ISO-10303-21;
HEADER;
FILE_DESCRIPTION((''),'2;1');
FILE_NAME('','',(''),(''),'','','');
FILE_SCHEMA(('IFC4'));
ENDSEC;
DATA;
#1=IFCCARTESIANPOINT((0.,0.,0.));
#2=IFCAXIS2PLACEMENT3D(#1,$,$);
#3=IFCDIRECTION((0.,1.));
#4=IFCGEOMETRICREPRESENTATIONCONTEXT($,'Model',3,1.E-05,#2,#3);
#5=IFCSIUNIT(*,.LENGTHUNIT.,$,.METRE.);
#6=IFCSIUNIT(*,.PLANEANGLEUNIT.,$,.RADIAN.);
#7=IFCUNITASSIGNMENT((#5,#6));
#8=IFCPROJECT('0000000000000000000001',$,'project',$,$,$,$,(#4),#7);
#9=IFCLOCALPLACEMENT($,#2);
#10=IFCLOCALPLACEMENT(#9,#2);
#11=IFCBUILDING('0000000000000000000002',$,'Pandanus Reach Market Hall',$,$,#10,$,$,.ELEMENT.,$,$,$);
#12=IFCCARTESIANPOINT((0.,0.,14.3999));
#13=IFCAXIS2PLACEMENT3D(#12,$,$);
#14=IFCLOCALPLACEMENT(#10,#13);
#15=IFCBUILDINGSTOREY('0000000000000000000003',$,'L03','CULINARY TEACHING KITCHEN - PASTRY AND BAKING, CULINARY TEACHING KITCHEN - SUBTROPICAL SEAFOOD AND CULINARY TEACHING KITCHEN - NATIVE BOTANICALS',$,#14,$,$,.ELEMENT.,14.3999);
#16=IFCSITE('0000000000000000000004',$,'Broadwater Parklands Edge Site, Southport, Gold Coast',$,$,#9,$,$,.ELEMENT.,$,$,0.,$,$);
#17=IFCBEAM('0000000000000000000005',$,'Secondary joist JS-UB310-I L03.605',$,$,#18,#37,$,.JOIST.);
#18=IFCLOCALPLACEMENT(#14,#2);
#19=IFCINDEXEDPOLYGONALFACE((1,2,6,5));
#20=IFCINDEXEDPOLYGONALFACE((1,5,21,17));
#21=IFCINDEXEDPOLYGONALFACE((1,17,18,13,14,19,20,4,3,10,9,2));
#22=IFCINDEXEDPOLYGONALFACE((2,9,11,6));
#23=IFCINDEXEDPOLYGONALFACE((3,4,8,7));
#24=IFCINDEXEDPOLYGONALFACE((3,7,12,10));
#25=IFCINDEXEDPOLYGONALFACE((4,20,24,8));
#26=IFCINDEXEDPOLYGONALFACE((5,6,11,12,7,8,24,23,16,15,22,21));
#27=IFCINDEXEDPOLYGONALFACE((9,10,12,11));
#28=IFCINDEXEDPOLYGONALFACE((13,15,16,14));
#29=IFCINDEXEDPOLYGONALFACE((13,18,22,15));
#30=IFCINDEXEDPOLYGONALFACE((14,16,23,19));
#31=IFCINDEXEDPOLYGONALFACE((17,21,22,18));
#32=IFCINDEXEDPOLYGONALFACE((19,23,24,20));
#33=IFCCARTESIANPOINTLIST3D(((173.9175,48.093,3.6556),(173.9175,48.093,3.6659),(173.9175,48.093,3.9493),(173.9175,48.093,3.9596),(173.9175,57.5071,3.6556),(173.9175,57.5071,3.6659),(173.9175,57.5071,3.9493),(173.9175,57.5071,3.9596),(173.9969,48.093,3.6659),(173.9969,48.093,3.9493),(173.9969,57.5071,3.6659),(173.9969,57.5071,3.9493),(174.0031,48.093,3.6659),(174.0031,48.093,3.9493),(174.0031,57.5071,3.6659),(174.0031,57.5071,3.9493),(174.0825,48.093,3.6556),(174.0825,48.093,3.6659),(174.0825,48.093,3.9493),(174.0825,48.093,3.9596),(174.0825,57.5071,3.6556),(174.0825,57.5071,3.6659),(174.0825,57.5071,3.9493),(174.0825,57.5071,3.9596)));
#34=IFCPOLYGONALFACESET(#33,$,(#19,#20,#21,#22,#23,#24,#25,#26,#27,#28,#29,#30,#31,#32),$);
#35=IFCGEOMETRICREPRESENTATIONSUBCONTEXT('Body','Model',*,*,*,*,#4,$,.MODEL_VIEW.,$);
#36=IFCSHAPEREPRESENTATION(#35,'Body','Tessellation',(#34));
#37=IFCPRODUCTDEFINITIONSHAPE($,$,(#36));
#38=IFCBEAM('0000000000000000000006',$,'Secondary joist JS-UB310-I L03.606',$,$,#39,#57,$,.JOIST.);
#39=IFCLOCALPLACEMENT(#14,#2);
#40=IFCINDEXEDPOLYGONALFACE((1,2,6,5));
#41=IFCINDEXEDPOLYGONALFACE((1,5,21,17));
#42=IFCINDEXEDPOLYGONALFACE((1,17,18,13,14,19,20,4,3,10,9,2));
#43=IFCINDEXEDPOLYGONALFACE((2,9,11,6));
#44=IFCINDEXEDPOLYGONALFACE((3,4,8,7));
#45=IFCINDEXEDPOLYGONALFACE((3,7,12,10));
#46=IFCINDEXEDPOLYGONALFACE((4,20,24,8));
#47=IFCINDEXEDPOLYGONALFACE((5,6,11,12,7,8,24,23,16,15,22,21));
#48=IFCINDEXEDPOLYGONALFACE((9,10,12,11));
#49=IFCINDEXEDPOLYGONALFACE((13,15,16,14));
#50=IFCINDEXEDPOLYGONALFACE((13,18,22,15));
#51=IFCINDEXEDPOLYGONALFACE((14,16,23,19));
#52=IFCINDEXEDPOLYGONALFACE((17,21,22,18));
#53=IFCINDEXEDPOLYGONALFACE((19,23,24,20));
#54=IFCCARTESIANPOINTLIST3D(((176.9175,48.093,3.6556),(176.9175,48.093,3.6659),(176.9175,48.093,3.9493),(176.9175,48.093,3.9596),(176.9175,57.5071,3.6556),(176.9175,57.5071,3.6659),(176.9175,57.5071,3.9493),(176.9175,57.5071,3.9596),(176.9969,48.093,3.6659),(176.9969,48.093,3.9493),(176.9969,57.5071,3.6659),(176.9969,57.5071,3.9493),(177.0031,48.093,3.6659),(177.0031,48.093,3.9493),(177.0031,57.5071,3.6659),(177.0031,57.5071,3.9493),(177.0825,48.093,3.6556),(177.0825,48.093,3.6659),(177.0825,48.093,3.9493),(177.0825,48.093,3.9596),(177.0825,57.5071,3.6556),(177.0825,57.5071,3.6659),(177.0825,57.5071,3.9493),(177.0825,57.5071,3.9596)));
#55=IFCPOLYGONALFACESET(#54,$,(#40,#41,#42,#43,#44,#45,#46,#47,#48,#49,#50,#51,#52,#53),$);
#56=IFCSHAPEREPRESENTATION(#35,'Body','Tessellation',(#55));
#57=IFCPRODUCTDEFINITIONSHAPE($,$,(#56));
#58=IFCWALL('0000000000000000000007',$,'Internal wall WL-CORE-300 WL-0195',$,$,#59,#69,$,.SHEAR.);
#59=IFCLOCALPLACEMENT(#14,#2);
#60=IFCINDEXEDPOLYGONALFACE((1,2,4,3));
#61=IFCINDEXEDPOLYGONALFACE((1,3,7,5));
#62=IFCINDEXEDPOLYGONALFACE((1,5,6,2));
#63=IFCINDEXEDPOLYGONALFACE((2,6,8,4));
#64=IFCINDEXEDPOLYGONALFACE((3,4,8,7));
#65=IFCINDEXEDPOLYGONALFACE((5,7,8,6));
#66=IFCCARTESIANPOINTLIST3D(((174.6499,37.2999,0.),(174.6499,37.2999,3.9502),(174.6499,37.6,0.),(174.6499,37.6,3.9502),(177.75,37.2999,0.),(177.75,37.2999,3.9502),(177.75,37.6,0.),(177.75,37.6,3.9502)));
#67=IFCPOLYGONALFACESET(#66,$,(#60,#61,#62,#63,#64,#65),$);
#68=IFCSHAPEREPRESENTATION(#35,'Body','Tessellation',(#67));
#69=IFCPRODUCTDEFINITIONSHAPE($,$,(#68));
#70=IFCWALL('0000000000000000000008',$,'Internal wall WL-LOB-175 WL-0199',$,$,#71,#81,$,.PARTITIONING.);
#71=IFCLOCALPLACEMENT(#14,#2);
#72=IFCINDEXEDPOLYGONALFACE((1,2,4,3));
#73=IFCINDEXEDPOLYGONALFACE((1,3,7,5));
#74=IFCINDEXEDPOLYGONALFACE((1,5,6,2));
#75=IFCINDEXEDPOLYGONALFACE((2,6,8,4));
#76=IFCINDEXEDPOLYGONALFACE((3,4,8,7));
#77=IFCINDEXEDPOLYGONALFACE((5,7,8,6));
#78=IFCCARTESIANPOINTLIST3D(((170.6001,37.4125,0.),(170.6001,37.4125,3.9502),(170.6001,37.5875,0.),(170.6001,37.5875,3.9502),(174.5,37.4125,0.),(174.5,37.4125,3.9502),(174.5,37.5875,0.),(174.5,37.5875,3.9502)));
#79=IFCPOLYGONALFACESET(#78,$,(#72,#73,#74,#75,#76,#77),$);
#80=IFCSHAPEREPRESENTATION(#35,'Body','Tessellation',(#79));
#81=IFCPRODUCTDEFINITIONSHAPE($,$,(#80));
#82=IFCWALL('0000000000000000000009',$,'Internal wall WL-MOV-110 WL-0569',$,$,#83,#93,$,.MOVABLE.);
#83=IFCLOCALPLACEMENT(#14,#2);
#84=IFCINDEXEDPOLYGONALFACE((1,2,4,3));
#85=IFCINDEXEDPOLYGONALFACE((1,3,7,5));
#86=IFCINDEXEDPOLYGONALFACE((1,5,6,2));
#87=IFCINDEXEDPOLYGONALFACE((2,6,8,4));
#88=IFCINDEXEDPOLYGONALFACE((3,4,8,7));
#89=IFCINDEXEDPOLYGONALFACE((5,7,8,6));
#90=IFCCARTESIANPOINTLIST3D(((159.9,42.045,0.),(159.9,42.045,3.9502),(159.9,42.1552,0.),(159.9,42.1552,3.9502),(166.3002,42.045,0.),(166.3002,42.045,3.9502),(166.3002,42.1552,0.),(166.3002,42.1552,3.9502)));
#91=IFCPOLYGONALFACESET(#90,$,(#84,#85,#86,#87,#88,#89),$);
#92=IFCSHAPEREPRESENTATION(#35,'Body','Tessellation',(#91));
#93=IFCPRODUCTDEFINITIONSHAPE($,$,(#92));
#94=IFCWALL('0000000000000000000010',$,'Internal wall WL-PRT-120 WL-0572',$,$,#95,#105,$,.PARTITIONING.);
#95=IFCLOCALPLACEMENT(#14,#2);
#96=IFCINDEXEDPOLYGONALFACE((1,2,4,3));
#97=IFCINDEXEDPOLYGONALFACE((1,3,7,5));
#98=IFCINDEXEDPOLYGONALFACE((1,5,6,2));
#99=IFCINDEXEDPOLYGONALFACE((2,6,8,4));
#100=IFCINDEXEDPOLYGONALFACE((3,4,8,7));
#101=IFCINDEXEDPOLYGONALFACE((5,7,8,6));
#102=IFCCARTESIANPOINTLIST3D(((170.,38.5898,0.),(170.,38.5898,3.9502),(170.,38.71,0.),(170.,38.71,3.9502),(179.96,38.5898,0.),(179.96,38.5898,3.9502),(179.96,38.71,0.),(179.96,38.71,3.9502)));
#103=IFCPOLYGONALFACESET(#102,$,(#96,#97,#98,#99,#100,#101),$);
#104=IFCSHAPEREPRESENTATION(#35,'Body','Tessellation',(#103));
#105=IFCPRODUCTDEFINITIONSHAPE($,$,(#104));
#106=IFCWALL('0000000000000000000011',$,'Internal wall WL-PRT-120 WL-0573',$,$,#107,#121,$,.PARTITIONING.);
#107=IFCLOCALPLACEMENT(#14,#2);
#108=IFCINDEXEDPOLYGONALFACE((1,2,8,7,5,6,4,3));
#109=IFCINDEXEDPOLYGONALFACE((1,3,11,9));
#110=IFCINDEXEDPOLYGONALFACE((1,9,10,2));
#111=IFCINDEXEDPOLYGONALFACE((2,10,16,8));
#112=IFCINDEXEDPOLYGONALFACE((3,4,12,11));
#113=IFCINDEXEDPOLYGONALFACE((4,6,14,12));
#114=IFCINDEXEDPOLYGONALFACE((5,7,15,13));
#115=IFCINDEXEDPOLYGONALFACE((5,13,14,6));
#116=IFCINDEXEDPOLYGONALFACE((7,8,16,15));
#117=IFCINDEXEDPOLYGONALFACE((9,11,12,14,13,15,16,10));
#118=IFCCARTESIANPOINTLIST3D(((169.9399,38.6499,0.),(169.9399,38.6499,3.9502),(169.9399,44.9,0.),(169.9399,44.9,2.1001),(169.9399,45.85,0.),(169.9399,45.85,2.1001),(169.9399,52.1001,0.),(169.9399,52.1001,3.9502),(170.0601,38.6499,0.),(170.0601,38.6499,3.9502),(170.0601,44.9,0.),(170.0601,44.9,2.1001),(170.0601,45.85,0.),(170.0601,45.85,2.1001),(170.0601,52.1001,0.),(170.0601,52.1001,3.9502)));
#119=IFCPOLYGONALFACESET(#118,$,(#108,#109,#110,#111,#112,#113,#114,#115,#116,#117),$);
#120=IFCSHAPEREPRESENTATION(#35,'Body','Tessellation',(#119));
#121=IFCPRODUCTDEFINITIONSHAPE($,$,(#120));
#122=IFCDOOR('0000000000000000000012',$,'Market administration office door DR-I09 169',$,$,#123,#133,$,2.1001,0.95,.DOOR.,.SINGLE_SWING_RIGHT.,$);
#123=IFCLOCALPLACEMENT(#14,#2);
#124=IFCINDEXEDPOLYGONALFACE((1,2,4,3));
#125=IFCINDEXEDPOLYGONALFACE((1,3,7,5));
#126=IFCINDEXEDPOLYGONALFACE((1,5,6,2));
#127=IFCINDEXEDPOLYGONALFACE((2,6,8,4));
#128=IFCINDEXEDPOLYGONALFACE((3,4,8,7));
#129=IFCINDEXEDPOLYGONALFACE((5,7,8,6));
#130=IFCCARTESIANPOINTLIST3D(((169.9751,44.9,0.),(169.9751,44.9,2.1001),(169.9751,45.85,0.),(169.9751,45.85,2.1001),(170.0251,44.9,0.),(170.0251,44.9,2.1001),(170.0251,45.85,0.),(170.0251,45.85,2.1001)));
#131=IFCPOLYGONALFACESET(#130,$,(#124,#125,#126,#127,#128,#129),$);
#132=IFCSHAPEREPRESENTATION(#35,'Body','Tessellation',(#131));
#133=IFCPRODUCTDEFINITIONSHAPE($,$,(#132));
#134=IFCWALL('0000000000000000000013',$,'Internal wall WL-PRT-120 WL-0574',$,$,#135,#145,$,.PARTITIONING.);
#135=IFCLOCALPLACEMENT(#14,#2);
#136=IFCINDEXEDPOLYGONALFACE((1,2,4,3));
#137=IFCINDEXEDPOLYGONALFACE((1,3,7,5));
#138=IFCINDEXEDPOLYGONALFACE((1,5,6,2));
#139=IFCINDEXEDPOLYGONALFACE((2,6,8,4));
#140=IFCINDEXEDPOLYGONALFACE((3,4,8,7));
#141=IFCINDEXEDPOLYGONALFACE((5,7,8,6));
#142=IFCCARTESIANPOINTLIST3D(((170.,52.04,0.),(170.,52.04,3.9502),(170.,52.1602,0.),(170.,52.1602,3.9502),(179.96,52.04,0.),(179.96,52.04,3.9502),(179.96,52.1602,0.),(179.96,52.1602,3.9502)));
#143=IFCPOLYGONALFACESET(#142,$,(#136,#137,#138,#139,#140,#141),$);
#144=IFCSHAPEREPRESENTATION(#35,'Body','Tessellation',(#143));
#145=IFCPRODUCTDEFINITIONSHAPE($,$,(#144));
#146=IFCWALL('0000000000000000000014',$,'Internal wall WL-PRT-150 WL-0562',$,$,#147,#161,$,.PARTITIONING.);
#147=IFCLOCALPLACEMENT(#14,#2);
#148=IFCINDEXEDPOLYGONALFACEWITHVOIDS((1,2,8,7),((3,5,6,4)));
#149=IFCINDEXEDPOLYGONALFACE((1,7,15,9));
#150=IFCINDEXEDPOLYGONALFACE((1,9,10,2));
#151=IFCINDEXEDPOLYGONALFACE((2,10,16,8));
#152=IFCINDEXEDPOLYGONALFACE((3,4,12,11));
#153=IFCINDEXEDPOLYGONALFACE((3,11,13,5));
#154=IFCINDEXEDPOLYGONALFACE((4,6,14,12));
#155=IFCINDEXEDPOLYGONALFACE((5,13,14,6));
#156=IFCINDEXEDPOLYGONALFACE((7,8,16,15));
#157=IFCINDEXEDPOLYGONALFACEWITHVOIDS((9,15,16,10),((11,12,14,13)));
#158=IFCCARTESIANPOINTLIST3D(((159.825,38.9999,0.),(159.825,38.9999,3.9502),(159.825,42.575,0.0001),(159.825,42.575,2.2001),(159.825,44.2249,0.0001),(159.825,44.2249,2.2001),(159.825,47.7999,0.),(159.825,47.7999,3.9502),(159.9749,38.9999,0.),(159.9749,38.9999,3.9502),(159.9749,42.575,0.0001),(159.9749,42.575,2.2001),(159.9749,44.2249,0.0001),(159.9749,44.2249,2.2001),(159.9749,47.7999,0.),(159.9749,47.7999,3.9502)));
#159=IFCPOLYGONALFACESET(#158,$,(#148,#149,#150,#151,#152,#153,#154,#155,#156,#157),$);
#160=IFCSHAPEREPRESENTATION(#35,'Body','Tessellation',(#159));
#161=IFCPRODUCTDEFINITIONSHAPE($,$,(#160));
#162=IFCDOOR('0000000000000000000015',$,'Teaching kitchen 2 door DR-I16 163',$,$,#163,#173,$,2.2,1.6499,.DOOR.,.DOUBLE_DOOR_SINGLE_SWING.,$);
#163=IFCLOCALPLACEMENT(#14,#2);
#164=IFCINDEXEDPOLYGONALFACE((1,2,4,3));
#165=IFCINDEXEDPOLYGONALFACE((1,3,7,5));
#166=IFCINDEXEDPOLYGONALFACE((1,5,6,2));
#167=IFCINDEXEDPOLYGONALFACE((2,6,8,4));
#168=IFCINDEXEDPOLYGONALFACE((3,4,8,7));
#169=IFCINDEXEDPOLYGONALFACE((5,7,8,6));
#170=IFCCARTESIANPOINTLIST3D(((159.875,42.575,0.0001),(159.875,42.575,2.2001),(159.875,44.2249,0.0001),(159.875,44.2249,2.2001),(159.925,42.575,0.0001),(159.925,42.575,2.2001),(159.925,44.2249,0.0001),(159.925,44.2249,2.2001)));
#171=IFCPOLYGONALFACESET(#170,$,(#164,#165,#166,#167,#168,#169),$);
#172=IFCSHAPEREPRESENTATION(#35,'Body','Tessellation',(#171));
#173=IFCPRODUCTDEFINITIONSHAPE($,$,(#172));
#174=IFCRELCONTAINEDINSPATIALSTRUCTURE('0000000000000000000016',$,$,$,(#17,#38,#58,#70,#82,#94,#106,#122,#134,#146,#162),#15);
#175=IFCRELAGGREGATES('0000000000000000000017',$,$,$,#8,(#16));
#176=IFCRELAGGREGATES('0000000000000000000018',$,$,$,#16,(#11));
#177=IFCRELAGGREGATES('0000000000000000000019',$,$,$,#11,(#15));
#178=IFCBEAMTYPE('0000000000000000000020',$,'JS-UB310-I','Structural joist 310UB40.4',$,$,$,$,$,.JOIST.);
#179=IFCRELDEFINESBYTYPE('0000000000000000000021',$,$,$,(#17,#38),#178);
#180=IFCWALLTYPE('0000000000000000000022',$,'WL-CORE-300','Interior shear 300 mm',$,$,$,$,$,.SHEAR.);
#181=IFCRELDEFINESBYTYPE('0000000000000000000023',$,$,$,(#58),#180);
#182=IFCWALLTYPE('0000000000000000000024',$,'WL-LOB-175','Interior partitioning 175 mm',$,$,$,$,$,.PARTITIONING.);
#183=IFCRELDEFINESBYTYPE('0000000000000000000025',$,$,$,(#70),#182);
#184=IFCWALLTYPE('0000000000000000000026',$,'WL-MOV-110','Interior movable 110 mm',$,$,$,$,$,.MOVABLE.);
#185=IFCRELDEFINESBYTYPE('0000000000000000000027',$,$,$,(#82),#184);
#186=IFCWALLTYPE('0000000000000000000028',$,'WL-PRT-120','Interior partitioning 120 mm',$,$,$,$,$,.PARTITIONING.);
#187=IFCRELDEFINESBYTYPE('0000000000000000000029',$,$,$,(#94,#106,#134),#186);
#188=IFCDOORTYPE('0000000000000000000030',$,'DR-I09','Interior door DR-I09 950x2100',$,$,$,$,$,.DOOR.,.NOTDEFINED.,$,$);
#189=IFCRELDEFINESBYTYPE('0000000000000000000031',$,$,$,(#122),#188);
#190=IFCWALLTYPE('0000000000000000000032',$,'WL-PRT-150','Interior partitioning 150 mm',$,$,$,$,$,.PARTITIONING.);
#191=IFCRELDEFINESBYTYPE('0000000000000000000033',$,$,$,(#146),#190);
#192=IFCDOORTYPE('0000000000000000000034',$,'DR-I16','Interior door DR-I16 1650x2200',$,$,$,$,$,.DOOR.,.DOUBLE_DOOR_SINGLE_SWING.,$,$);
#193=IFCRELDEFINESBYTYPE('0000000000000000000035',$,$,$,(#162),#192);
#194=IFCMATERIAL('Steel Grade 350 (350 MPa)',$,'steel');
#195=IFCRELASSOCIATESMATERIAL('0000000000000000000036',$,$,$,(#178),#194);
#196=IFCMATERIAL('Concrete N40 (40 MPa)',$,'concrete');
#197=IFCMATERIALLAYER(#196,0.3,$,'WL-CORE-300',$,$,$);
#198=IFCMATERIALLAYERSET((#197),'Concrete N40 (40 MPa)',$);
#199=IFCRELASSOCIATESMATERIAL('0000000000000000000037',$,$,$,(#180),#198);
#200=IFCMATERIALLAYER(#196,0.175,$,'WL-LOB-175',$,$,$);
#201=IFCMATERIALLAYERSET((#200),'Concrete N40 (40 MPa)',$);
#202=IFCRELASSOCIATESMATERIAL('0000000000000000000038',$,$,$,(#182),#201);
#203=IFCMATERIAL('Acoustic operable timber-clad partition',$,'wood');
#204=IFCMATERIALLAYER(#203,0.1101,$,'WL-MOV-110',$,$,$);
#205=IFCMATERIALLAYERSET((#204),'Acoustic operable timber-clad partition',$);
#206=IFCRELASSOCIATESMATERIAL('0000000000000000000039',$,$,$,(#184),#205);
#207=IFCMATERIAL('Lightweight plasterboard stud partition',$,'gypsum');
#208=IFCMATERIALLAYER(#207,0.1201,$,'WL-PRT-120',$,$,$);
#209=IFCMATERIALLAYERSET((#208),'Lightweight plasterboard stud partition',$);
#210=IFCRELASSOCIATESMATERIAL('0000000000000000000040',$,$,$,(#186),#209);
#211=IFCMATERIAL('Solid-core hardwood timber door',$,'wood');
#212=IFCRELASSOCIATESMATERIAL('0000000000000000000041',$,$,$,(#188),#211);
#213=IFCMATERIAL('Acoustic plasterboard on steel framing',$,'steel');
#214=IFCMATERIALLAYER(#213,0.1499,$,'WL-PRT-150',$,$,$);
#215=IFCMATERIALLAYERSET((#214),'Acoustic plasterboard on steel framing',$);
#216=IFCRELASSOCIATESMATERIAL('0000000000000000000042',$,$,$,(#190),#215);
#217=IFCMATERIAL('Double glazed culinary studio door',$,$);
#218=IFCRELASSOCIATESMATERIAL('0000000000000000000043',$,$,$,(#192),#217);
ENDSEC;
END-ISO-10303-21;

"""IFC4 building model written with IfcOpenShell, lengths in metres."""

from ifc_helpers import new_model, si_unit, direction, frame, frame_2d, origin, origin_2d, place, context, subcontext, project, spatial, rectangle, i_section, extrude, material, layer, layer_set, material_profile, profile_set, type_object, element, fill, save


model = new_model("IFC4")

# Units and contexts
model_context = context("Model", 3, precision=1e-05, world=origin(), true_north=direction((0.0, 1.0)))
body_context = subcontext(model_context, "Body", "Model", "MODEL_VIEW")
ifc_project = project(units=[si_unit("LENGTHUNIT", "METRE"), si_unit("PLANEANGLEUNIT", "RADIAN")], contexts=[model_context])

# Site, building, storey
site_placement = place(None, origin())
site = spatial("IfcSite", under=ifc_project, at=site_placement, Name="Broadwater Parklands Edge Site, Southport, Gold Coast", CompositionType="ELEMENT", RefElevation=0.0)
building_placement = place(site_placement, origin())
building = spatial("IfcBuilding", under=site, at=building_placement, Name="Pandanus Reach Market Hall", CompositionType="ELEMENT")
storey_placement = place(building_placement, frame((0.0, 0.0, 14.3999)))
storey = spatial("IfcBuildingStorey", under=building, at=storey_placement, Name="L03", Description="CULINARY TEACHING KITCHEN - PASTRY AND BAKING, CULINARY TEACHING KITCHEN - SUBTROPICAL SEAFOOD AND CULINARY TEACHING KITCHEN - NATIVE BOTANICALS", CompositionType="ELEMENT", Elevation=14.3999)

# Shared definitions
ifc_material_1 = material(Name="Concrete N40 (40 MPa)", Category="concrete")

# Beams
ifc_material_2 = material(Name="Steel Grade 350 (350 MPa)", Category="steel")
ifc_material_profile_1 = material_profile(ifc_material_2, i_section(OverallWidth=0.165, OverallDepth=0.304, WebThickness=0.0061, FlangeThickness=0.0103, at=origin_2d()), Name="310UB40.4", Category="LoadBearing")
ifc_profile_set_1 = profile_set([ifc_material_profile_1], Name="Steel Grade 350 (350 MPa)")
beam_type_1 = type_object("IfcBeamType", Name="JS-UB310-I", Description="Structural joist 310UB40.4", PredefinedType="JOIST", material=ifc_profile_set_1)
for number, where, z_axis, x_axis, name in (
    (1, (174.0, 48.093, 3.8076), (0.0, 1.0, 0.0), (-1.0, 0.0, 0.0), "Secondary joist JS-UB310-I L03.605"),
    (2, (177.0, 48.093, 3.8076), (0.0, 1.0, 0.0), (-1.0, 0.0, 0.0), "Secondary joist JS-UB310-I L03.606"),
):
    element("IfcBeam", number, at=place(storey_placement, frame(where, z_axis=z_axis, x_axis=x_axis)), inside=storey, type_object=beam_type_1, Name=name, PredefinedType="JOIST", context=body_context, shape_type="SweptSolid", body=[
        extrude(i_section(OverallWidth=0.165, OverallDepth=0.304, WebThickness=0.0061, FlangeThickness=0.0103, at=origin_2d()), origin(), (0.0, 0.0, 1.0), 9.4141),
    ])

# Walls
ifc_layer_1 = layer(ifc_material_1, 0.3, Name="WL-CORE-300")
ifc_layer_set_1 = layer_set([ifc_layer_1], Name="Concrete N40 (40 MPa)")
wall_type_1 = type_object("IfcWallType", Name="WL-CORE-300", Description="Interior shear 300 mm", PredefinedType="SHEAR", material=ifc_layer_set_1)
wall_1_placement = place(storey_placement, frame((174.6499, 37.45, 0.0), z_axis=(0.0, 0.0, 1.0), x_axis=(1.0, 0.0, 0.0)))
element("IfcWall", 3, at=wall_1_placement, inside=storey, type_object=wall_type_1, Name="Internal wall WL-CORE-300 WL-0195", PredefinedType="SHEAR", context=body_context, shape_type="SweptSolid", body=[
    extrude(rectangle(XDim=3.1001, YDim=0.3, at=frame_2d((1.55, 0.0))), origin(), (0.0, 0.0, 1.0), 3.9502),
])
ifc_layer_2 = layer(ifc_material_1, 0.175, Name="WL-LOB-175")
ifc_layer_set_2 = layer_set([ifc_layer_2], Name="Concrete N40 (40 MPa)")
wall_type_2 = type_object("IfcWallType", Name="WL-LOB-175", Description="Interior partitioning 175 mm", PredefinedType="PARTITIONING", material=ifc_layer_set_2)
wall_2_placement = place(storey_placement, frame((170.6001, 37.5, 0.0), z_axis=(0.0, 0.0, 1.0), x_axis=(1.0, 0.0, 0.0)))
element("IfcWall", 4, at=wall_2_placement, inside=storey, type_object=wall_type_2, Name="Internal wall WL-LOB-175 WL-0199", PredefinedType="PARTITIONING", context=body_context, shape_type="SweptSolid", body=[
    extrude(rectangle(XDim=3.8999, YDim=0.175, at=frame_2d((1.95, 0.0))), origin(), (0.0, 0.0, 1.0), 3.9502),
])
ifc_material_3 = material(Name="Acoustic operable timber-clad partition", Category="wood")
ifc_layer_3 = layer(ifc_material_3, 0.1101, Name="WL-MOV-110")
ifc_layer_set_3 = layer_set([ifc_layer_3], Name="Acoustic operable timber-clad partition")
wall_type_3 = type_object("IfcWallType", Name="WL-MOV-110", Description="Interior movable 110 mm", PredefinedType="MOVABLE", material=ifc_layer_set_3)
wall_3_placement = place(storey_placement, frame((159.8999, 42.1001, 0.0), z_axis=(0.0, 0.0, 1.0), x_axis=(1.0, 0.0, 0.0)))
element("IfcWall", 5, at=wall_3_placement, inside=storey, type_object=wall_type_3, Name="Internal wall WL-MOV-110 WL-0569", PredefinedType="MOVABLE", context=body_context, shape_type="SweptSolid", body=[
    extrude(rectangle(XDim=6.4001, YDim=0.1101, at=frame_2d((3.2002, 0.0))), origin(), (0.0, 0.0, 1.0), 3.9502),
])
ifc_material_4 = material(Name="Lightweight plasterboard stud partition", Category="gypsum")
ifc_layer_4 = layer(ifc_material_4, 0.1201, Name="WL-PRT-120")
ifc_layer_set_4 = layer_set([ifc_layer_4], Name="Lightweight plasterboard stud partition")
wall_type_4 = type_object("IfcWallType", Name="WL-PRT-120", Description="Interior partitioning 120 mm", PredefinedType="PARTITIONING", material=ifc_layer_set_4)
wall_4_placement = place(storey_placement, frame((170.0, 38.6499, 0.0), z_axis=(0.0, 0.0, 1.0), x_axis=(1.0, 0.0, 0.0)))
element("IfcWall", 6, at=wall_4_placement, inside=storey, type_object=wall_type_4, Name="Internal wall WL-PRT-120 WL-0572", PredefinedType="PARTITIONING", context=body_context, shape_type="SweptSolid", body=[
    extrude(rectangle(XDim=9.96, YDim=0.1201, at=frame_2d((4.98, 0.0))), origin(), (0.0, 0.0, 1.0), 3.9502),
])

# Wall, opening, door
wall_5_placement = place(storey_placement, frame((170.0, 38.6499, 0.0), z_axis=(0.0, 0.0, 1.0), x_axis=(0.0, 1.0, 0.0)))
wall_5 = element("IfcWall", 7, at=wall_5_placement, inside=storey, type_object=wall_type_4, Name="Internal wall WL-PRT-120 WL-0573", PredefinedType="PARTITIONING", context=body_context, shape_type="SweptSolid", body=[
    extrude(rectangle(XDim=13.4502, YDim=0.1201, at=frame_2d((6.7251, 0.0))), origin(), (0.0, 0.0, 1.0), 3.9502),
])
opening_1_placement = place(wall_5_placement, frame((6.25, 0.0, 0.0)))
opening_1 = element("IfcOpeningElement", 8, at=opening_1_placement, cuts=wall_5, PredefinedType="OPENING", context=body_context, shape_type="SweptSolid", body=[
    extrude(rectangle(XDim=0.95, YDim=2.1001, at=frame_2d((0.4751, 1.05))), frame((0.0, 0.075, 0.0), z_axis=(0.0, -1.0, 0.0), x_axis=(1.0, 0.0, 0.0)), (0.0, 0.0, 1.0), 0.1501),
])
ifc_material_5 = material(Name="Solid-core hardwood timber door", Category="wood")
door_type_1 = type_object("IfcDoorType", Name="DR-I09", Description="Interior door DR-I09 950x2100", OperationType="NOTDEFINED", PredefinedType="DOOR", material=ifc_material_5)
door_1_placement = place(opening_1_placement, origin())
door_1 = element("IfcDoor", 9, at=door_1_placement, inside=storey, type_object=door_type_1, Name="Market administration office door DR-I09 169", OperationType="SINGLE_SWING_RIGHT", OverallHeight=2.1001, OverallWidth=0.95, PredefinedType="DOOR", context=body_context, shape_type="SweptSolid", body=[
    extrude(rectangle(XDim=0.95, YDim=2.1001, at=frame_2d((0.4751, 1.05))), frame((0.0, 0.0249, 0.0), z_axis=(0.0, -1.0, 0.0), x_axis=(1.0, 0.0, 0.0)), (0.0, 0.0, 1.0), 0.05),
])
fill(opening_1, door_1)

# Wall
wall_6_placement = place(storey_placement, frame((170.0, 52.1001, 0.0), z_axis=(0.0, 0.0, 1.0), x_axis=(1.0, 0.0, 0.0)))
element("IfcWall", 10, at=wall_6_placement, inside=storey, type_object=wall_type_4, Name="Internal wall WL-PRT-120 WL-0574", PredefinedType="PARTITIONING", context=body_context, shape_type="SweptSolid", body=[
    extrude(rectangle(XDim=9.96, YDim=0.1201, at=frame_2d((4.98, 0.0))), origin(), (0.0, 0.0, 1.0), 3.9502),
])

# Wall, opening, door
ifc_material_6 = material(Name="Acoustic plasterboard on steel framing", Category="steel")
ifc_layer_5 = layer(ifc_material_6, 0.1499, Name="WL-PRT-150")
ifc_layer_set_5 = layer_set([ifc_layer_5], Name="Acoustic plasterboard on steel framing")
wall_type_5 = type_object("IfcWallType", Name="WL-PRT-150", Description="Interior partitioning 150 mm", PredefinedType="PARTITIONING", material=ifc_layer_set_5)
wall_7_placement = place(storey_placement, frame((159.8999, 39.0, 0.0), z_axis=(0.0, 0.0, 1.0), x_axis=(0.0, 1.0, 0.0)))
wall_7 = element("IfcWall", 11, at=wall_7_placement, inside=storey, type_object=wall_type_5, Name="Internal wall WL-PRT-150 WL-0562", PredefinedType="PARTITIONING", context=body_context, shape_type="SweptSolid", body=[
    extrude(rectangle(XDim=8.8, YDim=0.1499, at=frame_2d((4.3999, 0.0))), origin(), (0.0, 0.0, 1.0), 3.9502),
])
opening_2_placement = place(wall_7_placement, frame((3.575, 0.0, 0.0)))
opening_2 = element("IfcOpeningElement", 12, at=opening_2_placement, cuts=wall_7, PredefinedType="OPENING", context=body_context, shape_type="SweptSolid", body=[
    extrude(rectangle(XDim=1.6499, YDim=2.2, at=frame_2d((0.825, 1.1001))), frame((0.0, 0.0898, 0.0), z_axis=(0.0, -1.0, 0.0), x_axis=(1.0, 0.0, 0.0)), (0.0, 0.0, 1.0), 0.1799),
])
ifc_material_7 = material(Name="Double glazed culinary studio door")
door_type_2 = type_object("IfcDoorType", Name="DR-I16", Description="Interior door DR-I16 1650x2200", OperationType="DOUBLE_DOOR_SINGLE_SWING", PredefinedType="DOOR", material=ifc_material_7)
door_2_placement = place(opening_2_placement, origin())
door_2 = element("IfcDoor", 13, at=door_2_placement, inside=storey, type_object=door_type_2, Name="Teaching kitchen 2 door DR-I16 163", OperationType="DOUBLE_DOOR_SINGLE_SWING", OverallHeight=2.2, OverallWidth=1.6499, PredefinedType="DOOR", context=body_context, shape_type="SweptSolid", body=[
    extrude(rectangle(XDim=1.6499, YDim=2.2, at=frame_2d((0.825, 1.1001))), frame((0.0, 0.0249, 0.0), z_axis=(0.0, -1.0, 0.0), x_axis=(1.0, 0.0, 0.0)), (0.0, 0.0, 1.0), 0.05),
])
fill(opening_2, door_2)

save(model, "model.ifc")
